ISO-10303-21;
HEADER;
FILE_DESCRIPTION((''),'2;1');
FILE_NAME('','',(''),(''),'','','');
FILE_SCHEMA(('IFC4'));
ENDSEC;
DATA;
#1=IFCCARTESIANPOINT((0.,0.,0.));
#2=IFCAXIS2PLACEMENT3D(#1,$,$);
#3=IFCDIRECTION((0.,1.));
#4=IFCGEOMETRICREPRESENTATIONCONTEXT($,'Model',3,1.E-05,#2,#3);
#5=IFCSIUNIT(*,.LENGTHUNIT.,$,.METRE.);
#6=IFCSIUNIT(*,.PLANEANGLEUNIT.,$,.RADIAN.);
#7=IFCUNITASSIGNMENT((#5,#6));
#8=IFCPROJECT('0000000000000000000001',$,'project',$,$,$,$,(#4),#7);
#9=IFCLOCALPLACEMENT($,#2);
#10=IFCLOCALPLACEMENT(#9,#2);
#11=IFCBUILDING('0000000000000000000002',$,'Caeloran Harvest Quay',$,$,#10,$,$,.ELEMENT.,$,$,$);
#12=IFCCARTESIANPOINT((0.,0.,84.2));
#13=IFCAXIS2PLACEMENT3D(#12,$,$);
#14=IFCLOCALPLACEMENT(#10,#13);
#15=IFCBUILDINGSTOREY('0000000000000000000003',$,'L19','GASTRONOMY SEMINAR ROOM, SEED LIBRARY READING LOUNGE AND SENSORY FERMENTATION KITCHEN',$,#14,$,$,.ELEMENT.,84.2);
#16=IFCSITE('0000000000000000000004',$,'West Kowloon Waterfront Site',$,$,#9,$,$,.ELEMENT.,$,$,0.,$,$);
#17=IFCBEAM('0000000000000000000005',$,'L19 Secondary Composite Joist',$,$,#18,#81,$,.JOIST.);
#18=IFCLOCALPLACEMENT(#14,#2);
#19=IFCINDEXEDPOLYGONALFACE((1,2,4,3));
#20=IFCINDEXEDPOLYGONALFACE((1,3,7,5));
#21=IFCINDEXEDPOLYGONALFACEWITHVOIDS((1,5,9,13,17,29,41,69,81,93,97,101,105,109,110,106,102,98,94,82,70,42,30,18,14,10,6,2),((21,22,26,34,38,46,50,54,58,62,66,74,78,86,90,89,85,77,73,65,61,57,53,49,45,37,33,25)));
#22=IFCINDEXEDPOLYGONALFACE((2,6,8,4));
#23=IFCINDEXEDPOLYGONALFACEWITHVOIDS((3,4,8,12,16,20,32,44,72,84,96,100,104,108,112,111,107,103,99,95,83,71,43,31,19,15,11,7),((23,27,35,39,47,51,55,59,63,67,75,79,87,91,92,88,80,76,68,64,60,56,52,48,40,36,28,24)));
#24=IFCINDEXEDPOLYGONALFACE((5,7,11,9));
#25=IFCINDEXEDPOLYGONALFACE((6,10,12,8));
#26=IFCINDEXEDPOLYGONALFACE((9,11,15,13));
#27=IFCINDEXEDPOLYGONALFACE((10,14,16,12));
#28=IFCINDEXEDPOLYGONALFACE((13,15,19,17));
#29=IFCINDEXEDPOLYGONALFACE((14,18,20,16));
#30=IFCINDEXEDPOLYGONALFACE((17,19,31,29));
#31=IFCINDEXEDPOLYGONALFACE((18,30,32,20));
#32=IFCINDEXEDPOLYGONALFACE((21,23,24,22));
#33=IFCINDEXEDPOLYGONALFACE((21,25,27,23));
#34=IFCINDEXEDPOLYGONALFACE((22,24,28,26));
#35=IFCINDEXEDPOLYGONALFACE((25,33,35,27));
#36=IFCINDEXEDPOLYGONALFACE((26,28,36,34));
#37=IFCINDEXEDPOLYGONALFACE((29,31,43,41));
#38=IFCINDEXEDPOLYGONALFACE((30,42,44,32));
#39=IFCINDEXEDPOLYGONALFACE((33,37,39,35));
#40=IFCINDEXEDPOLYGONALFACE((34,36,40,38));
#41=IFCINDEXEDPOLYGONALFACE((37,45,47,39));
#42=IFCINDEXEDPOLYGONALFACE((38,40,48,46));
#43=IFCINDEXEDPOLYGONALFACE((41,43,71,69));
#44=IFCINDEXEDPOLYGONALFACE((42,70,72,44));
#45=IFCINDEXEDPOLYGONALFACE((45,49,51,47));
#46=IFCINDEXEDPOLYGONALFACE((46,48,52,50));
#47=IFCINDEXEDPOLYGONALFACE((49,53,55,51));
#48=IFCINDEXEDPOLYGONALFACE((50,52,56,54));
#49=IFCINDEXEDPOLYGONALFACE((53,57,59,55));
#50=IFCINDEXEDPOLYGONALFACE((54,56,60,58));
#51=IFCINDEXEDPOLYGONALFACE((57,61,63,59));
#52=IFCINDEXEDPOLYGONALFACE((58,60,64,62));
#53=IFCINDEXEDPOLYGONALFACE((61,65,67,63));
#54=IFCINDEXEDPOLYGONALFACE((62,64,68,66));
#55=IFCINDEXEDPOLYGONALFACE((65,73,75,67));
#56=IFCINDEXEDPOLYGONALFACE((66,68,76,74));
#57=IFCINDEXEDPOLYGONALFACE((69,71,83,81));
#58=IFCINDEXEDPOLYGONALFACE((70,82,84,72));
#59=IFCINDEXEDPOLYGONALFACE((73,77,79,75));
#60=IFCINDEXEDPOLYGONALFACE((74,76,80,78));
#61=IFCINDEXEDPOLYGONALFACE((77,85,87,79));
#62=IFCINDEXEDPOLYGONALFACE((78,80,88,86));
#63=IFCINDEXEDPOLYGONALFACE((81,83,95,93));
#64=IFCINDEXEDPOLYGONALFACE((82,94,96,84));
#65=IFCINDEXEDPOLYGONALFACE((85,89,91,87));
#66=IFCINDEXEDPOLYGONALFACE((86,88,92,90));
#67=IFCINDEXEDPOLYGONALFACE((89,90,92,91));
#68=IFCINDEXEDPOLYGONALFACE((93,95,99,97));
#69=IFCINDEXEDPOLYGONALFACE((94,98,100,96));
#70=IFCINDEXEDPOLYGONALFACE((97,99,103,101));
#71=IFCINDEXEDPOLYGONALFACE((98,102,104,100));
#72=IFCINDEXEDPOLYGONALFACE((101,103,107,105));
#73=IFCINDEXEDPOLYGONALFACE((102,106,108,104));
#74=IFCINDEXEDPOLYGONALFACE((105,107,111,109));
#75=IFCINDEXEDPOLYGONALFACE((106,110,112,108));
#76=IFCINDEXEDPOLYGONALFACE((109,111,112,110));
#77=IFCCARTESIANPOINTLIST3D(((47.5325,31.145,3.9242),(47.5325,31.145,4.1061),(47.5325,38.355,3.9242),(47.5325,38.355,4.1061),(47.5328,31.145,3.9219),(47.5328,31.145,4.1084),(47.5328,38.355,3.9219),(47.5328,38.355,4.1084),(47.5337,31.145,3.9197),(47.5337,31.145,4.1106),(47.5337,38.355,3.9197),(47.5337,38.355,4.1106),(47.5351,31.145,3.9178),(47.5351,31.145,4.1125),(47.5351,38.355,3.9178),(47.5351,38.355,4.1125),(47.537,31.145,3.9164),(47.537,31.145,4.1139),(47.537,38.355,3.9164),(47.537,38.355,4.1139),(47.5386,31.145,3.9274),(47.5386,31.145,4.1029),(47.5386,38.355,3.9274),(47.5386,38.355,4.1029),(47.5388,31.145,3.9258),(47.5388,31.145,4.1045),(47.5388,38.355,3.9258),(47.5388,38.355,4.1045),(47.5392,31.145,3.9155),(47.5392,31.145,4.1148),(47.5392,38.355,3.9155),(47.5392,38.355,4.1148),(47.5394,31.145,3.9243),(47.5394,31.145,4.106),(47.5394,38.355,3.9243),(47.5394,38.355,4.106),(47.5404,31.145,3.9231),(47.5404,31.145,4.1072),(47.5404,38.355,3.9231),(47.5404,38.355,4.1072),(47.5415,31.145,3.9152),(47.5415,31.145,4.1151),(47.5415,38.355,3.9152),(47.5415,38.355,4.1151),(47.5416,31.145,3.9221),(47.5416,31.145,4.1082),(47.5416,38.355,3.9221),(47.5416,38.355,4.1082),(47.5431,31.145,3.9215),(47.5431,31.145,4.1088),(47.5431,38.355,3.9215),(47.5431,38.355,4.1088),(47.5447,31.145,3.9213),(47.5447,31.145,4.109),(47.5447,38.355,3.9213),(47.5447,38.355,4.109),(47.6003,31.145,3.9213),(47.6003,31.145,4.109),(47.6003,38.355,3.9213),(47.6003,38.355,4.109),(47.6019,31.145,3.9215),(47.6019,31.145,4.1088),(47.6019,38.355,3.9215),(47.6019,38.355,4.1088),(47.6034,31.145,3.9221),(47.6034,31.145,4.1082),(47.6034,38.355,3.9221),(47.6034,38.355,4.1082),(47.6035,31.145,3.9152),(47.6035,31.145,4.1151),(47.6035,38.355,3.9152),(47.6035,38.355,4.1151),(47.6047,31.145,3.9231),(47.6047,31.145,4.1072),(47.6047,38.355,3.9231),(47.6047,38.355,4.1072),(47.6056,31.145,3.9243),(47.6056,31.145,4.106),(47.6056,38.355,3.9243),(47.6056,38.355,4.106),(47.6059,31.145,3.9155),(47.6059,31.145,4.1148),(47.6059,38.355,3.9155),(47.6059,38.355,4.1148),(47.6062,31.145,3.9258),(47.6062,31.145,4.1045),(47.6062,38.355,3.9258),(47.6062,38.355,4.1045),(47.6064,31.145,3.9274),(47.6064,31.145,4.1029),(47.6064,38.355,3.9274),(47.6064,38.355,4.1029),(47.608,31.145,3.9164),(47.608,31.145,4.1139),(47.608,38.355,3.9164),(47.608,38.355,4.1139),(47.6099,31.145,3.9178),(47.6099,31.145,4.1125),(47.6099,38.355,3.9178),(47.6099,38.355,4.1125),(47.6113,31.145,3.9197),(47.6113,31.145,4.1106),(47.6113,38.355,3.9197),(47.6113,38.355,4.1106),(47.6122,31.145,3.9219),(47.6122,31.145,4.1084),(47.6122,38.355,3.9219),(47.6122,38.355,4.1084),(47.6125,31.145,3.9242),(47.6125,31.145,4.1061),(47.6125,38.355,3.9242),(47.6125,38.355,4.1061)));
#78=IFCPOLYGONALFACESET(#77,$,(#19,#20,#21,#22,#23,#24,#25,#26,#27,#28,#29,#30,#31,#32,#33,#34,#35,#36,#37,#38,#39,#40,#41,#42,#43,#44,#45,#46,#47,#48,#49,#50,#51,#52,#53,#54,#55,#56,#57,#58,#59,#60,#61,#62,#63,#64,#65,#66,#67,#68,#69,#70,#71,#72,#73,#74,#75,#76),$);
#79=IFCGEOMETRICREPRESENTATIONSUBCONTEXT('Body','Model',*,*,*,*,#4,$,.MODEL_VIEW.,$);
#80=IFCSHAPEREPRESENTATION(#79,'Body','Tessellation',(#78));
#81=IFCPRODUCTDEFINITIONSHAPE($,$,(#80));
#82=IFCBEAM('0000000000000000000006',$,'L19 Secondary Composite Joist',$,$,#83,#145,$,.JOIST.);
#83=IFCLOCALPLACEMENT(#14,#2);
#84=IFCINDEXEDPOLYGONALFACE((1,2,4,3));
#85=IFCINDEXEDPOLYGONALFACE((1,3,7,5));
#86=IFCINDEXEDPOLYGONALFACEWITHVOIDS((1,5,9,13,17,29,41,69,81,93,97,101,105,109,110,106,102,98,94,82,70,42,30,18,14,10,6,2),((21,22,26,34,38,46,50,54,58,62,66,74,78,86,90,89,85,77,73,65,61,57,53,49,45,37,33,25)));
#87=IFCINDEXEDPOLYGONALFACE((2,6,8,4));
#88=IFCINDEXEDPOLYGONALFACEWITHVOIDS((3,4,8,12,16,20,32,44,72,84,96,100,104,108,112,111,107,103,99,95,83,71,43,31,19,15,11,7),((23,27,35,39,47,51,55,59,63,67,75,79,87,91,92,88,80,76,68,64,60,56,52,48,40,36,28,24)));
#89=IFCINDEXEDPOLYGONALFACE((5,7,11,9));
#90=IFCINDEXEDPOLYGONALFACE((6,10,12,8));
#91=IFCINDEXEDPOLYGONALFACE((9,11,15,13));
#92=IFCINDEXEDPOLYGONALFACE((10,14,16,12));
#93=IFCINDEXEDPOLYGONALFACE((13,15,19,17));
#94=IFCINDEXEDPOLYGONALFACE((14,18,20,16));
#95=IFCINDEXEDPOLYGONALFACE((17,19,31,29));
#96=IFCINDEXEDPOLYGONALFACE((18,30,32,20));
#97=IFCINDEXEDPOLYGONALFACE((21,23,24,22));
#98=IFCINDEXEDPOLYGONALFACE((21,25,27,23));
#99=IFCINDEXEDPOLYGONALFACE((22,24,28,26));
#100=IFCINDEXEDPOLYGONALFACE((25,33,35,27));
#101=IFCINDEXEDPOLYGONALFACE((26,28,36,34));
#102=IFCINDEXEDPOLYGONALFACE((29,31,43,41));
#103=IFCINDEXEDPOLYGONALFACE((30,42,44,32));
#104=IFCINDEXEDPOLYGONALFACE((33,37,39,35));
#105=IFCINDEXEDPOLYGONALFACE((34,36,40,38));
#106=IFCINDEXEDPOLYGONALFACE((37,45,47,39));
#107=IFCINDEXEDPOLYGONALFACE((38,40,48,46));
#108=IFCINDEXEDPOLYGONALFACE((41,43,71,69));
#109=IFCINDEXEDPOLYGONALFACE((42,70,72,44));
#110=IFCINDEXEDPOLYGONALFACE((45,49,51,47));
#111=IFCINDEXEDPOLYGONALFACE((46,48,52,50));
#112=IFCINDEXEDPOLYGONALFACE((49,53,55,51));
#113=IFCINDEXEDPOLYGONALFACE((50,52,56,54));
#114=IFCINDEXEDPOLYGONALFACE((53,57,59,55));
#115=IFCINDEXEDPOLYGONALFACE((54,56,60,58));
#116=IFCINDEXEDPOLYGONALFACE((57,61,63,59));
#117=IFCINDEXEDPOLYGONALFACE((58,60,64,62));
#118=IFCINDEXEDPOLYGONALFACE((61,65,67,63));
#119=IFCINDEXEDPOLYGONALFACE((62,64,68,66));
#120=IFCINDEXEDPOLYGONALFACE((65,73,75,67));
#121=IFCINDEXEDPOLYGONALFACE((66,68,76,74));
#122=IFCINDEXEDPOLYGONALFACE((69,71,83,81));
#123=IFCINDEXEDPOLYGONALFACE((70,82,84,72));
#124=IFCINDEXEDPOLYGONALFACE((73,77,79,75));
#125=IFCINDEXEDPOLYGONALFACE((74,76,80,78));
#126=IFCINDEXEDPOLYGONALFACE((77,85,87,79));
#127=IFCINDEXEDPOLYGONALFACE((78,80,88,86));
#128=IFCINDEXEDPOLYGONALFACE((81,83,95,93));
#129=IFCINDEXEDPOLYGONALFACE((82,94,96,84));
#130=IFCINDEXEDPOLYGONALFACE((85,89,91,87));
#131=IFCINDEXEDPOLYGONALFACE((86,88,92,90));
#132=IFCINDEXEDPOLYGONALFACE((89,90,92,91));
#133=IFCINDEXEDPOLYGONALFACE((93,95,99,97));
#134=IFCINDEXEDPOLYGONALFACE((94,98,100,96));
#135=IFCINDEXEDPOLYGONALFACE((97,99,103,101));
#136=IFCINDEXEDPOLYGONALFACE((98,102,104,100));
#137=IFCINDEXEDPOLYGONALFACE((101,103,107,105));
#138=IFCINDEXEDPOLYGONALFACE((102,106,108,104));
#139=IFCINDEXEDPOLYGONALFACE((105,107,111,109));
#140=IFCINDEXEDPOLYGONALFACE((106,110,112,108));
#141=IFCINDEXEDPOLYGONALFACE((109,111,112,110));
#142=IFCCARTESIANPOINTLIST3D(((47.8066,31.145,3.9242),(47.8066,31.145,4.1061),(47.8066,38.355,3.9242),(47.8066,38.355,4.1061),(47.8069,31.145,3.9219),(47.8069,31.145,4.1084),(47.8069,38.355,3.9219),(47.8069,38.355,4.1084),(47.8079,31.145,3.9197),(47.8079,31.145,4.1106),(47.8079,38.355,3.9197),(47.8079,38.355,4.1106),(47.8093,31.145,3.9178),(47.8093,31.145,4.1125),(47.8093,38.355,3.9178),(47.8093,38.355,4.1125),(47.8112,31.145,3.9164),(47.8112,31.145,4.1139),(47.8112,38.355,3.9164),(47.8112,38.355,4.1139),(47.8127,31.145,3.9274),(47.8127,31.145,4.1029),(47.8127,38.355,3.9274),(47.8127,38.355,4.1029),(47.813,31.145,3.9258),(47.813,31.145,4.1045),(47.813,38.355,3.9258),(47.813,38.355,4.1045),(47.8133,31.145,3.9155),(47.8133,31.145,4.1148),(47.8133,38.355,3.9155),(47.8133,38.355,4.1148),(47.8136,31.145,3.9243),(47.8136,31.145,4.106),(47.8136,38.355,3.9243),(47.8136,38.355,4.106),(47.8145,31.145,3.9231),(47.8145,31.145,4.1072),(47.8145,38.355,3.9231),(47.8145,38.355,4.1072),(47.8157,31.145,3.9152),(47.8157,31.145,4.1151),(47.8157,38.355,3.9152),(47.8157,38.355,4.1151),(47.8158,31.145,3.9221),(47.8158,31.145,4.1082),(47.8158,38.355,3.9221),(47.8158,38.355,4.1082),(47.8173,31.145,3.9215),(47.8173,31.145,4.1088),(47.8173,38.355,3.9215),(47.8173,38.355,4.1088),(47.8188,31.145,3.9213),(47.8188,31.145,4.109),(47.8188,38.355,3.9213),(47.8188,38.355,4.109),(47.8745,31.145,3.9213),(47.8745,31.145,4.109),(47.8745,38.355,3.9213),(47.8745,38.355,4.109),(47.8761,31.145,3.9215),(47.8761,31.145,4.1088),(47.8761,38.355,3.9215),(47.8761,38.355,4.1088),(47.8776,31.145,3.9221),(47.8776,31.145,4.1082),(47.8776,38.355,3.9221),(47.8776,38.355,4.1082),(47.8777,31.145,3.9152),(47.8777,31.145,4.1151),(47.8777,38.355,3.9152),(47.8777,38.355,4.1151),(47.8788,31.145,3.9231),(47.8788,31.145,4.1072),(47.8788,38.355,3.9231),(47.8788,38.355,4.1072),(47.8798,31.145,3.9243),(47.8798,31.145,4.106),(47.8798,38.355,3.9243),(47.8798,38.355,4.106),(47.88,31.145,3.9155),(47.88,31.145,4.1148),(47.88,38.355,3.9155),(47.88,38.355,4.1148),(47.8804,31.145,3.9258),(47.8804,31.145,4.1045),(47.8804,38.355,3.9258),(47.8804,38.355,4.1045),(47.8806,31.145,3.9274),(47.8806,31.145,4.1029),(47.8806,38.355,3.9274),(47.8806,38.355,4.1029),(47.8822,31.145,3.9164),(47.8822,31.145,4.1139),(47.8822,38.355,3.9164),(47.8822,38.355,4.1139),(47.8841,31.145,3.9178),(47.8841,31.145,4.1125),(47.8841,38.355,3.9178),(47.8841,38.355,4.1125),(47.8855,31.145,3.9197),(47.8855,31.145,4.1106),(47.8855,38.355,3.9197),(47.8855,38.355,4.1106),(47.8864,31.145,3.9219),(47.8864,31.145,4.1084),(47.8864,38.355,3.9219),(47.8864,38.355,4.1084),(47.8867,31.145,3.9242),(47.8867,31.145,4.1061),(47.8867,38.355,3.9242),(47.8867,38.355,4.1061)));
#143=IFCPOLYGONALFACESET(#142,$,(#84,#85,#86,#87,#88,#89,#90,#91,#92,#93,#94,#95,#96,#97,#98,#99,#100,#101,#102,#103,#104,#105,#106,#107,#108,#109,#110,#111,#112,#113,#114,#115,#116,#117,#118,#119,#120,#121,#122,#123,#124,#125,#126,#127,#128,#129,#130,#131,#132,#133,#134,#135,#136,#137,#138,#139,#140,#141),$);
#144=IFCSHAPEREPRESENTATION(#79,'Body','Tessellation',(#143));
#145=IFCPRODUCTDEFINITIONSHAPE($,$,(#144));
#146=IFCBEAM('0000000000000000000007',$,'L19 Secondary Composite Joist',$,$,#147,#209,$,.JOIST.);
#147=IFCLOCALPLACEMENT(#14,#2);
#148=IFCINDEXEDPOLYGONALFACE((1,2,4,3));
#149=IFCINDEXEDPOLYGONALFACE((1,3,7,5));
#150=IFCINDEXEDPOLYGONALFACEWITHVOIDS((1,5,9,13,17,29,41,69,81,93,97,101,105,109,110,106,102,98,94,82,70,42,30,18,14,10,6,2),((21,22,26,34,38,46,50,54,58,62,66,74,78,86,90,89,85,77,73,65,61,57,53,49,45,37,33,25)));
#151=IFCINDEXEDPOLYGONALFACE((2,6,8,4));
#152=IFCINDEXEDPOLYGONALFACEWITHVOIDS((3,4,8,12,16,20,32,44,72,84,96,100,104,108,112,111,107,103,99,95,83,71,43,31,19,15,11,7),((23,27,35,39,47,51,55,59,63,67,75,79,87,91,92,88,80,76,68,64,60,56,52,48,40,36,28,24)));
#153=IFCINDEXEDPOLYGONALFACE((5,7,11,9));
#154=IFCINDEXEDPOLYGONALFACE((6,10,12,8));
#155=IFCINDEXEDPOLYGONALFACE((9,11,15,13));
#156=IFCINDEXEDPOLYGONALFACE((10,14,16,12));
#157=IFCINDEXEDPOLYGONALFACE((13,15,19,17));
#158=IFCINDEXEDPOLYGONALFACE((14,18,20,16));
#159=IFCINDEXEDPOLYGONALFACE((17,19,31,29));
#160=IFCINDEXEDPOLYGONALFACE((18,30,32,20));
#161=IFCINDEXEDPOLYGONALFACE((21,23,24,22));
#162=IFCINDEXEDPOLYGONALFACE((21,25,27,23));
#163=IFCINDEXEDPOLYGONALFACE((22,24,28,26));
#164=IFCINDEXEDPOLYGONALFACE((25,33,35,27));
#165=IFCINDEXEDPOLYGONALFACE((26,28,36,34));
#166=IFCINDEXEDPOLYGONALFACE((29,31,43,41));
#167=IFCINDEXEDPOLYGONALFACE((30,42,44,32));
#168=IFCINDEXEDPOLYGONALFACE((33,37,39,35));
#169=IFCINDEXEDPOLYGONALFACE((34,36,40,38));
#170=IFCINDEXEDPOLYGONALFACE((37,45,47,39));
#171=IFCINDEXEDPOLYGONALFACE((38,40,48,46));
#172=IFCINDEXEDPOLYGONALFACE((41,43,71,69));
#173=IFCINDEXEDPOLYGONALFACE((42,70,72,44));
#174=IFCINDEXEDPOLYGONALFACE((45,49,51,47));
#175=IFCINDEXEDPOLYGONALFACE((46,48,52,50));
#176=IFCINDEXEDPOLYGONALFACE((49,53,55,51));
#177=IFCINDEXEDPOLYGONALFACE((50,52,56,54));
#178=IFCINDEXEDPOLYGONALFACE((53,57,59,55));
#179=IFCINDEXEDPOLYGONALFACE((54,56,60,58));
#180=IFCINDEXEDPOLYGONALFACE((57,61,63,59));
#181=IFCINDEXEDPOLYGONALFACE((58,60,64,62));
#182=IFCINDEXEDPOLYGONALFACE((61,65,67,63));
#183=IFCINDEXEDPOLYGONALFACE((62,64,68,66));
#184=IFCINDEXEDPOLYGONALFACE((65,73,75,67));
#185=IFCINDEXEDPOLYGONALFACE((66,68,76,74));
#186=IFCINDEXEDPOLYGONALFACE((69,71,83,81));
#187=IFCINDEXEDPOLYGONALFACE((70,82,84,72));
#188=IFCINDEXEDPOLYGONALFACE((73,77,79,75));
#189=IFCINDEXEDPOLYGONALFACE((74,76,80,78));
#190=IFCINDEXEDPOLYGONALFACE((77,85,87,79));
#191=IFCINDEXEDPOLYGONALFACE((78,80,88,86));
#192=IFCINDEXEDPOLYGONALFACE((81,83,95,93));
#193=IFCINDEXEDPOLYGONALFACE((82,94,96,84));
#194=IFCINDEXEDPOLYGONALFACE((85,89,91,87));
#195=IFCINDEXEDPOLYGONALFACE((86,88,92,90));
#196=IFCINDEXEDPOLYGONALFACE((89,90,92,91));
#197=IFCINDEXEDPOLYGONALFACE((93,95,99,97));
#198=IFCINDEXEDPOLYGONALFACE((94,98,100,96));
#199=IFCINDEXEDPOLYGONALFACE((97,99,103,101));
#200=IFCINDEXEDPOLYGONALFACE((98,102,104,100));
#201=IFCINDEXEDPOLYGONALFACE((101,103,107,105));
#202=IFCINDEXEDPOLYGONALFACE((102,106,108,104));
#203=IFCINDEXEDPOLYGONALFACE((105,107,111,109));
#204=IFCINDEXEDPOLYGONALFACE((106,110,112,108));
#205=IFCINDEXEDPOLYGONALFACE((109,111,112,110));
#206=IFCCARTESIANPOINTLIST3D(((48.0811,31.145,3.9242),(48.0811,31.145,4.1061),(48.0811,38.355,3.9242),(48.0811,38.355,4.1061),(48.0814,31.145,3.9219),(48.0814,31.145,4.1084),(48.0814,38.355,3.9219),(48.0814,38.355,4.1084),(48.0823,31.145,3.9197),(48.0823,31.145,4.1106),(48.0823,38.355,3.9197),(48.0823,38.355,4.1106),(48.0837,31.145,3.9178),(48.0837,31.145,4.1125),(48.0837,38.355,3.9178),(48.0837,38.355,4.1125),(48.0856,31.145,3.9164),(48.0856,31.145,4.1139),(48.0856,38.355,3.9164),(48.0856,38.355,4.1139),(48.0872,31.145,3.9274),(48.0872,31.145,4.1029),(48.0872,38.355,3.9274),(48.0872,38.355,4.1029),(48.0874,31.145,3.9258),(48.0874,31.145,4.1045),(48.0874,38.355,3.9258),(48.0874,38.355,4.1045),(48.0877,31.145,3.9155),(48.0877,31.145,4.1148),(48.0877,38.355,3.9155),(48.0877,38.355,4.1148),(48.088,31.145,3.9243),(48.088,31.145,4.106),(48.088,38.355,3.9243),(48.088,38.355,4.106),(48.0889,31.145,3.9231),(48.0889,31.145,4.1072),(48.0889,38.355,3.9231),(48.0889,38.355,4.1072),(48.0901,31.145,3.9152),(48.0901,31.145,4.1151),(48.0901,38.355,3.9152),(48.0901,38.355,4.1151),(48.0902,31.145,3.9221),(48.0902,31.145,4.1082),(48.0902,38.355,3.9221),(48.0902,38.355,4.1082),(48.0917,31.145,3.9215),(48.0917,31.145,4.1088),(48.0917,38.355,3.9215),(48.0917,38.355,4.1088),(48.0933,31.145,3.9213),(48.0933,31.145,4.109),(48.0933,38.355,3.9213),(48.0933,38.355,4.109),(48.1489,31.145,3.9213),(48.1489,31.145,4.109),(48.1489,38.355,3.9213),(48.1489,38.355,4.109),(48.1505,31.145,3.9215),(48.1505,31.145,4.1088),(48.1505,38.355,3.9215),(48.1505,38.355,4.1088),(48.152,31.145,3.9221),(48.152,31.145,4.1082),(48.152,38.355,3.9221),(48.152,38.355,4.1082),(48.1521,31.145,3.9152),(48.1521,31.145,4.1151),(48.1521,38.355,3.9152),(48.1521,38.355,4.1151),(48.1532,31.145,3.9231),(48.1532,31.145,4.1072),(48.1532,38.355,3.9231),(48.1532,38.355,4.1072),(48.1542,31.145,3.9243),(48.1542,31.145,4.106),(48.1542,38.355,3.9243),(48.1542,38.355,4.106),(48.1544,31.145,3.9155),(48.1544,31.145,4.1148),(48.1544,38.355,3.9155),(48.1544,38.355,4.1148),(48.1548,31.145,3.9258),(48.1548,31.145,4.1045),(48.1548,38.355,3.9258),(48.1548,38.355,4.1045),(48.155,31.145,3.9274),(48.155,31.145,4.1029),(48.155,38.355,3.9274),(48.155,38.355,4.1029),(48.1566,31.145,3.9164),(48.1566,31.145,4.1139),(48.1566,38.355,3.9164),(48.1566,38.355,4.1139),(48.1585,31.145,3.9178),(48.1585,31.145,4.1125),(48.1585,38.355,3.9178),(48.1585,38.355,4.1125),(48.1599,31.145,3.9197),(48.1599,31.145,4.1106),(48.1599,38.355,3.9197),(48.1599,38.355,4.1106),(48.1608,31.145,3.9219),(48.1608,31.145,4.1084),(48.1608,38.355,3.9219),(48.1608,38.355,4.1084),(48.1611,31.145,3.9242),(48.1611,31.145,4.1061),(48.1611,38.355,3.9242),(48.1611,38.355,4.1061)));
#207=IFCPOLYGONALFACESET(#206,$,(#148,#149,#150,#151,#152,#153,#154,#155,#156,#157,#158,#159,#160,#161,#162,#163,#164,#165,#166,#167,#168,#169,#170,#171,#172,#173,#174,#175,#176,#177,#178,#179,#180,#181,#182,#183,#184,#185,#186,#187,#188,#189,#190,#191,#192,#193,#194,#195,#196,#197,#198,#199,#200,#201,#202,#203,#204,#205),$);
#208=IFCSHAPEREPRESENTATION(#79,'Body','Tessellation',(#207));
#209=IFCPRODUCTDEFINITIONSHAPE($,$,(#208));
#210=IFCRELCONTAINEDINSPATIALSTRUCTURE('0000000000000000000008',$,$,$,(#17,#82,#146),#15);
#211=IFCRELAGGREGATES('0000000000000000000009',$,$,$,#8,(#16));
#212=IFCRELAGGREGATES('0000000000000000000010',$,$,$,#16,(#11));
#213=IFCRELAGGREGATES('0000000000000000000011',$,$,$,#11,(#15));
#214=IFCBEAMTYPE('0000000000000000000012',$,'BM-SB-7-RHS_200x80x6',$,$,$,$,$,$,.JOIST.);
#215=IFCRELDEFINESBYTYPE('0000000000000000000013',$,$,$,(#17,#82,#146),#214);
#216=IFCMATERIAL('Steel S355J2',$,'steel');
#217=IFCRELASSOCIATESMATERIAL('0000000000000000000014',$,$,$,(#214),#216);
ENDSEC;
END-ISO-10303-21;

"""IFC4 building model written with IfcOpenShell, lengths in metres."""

from ifc_helpers import new_model, si_unit, direction, frame, origin, origin_2d, place, context, subcontext, project, spatial, hollow_rectangle, extrude, material, material_profile, profile_set, type_object, element, save


model = new_model("IFC4")

# Units and contexts
model_context = context("Model", 3, precision=1e-05, world=origin(), true_north=direction((0.0, 1.0)))
body_context = subcontext(model_context, "Body", "Model", "MODEL_VIEW")
ifc_project = project(units=[si_unit("LENGTHUNIT", "METRE"), si_unit("PLANEANGLEUNIT", "RADIAN")], contexts=[model_context])

# Site, building, storey
site_placement = place(None, origin())
site = spatial("IfcSite", under=ifc_project, at=site_placement, Name="West Kowloon Waterfront Site", CompositionType="ELEMENT", RefElevation=0.0)
building_placement = place(site_placement, origin())
building = spatial("IfcBuilding", under=site, at=building_placement, Name="Caeloran Harvest Quay", CompositionType="ELEMENT")
storey_placement = place(building_placement, frame((0.0, 0.0, 84.2)))
storey = spatial("IfcBuildingStorey", under=building, at=storey_placement, Name="L19", Description="GASTRONOMY SEMINAR ROOM, SEED LIBRARY READING LOUNGE AND SENSORY FERMENTATION KITCHEN", CompositionType="ELEMENT", Elevation=84.2)

# Beams
ifc_material_1 = material(Name="Steel S355J2", Category="steel")
ifc_material_profile_1 = material_profile(ifc_material_1, hollow_rectangle(XDim=0.0801, YDim=0.2, WallThickness=0.0061, InnerFilletRadius=0.0061, OuterFilletRadius=0.009, at=origin_2d()), Name="RHS 200x80x6")
ifc_profile_set_1 = profile_set([ifc_material_profile_1], Name="Steel S355J2")
beam_type_1 = type_object("IfcBeamType", Name="BM-SB-7-RHS_200x80x6", PredefinedType="JOIST", material=ifc_profile_set_1)
for number, where, z_axis, x_axis, name in (
    (1, (47.5725, 31.145, 4.0151), (0.0, 1.0, 0.0), (-1.0, 0.0, 0.0), "L19 Secondary Composite Joist"),
    (2, (47.8467, 31.145, 4.0151), (0.0, 1.0, 0.0), (-1.0, 0.0, 0.0), "L19 Secondary Composite Joist"),
    (3, (48.1211, 31.145, 4.0151), (0.0, 1.0, 0.0), (-1.0, 0.0, 0.0), "L19 Secondary Composite Joist"),
):
    element("IfcBeam", number, at=place(storey_placement, frame(where, z_axis=z_axis, x_axis=x_axis)), inside=storey, type_object=beam_type_1, Name=name, PredefinedType="JOIST", context=body_context, shape_type="SweptSolid", body=[
        extrude(hollow_rectangle(XDim=0.0801, YDim=0.2, WallThickness=0.0061, InnerFilletRadius=0.0061, OuterFilletRadius=0.009, at=origin_2d()), origin(), (0.0, 0.0, 1.0), 7.21),
    ])

save(model, "model.ifc")
